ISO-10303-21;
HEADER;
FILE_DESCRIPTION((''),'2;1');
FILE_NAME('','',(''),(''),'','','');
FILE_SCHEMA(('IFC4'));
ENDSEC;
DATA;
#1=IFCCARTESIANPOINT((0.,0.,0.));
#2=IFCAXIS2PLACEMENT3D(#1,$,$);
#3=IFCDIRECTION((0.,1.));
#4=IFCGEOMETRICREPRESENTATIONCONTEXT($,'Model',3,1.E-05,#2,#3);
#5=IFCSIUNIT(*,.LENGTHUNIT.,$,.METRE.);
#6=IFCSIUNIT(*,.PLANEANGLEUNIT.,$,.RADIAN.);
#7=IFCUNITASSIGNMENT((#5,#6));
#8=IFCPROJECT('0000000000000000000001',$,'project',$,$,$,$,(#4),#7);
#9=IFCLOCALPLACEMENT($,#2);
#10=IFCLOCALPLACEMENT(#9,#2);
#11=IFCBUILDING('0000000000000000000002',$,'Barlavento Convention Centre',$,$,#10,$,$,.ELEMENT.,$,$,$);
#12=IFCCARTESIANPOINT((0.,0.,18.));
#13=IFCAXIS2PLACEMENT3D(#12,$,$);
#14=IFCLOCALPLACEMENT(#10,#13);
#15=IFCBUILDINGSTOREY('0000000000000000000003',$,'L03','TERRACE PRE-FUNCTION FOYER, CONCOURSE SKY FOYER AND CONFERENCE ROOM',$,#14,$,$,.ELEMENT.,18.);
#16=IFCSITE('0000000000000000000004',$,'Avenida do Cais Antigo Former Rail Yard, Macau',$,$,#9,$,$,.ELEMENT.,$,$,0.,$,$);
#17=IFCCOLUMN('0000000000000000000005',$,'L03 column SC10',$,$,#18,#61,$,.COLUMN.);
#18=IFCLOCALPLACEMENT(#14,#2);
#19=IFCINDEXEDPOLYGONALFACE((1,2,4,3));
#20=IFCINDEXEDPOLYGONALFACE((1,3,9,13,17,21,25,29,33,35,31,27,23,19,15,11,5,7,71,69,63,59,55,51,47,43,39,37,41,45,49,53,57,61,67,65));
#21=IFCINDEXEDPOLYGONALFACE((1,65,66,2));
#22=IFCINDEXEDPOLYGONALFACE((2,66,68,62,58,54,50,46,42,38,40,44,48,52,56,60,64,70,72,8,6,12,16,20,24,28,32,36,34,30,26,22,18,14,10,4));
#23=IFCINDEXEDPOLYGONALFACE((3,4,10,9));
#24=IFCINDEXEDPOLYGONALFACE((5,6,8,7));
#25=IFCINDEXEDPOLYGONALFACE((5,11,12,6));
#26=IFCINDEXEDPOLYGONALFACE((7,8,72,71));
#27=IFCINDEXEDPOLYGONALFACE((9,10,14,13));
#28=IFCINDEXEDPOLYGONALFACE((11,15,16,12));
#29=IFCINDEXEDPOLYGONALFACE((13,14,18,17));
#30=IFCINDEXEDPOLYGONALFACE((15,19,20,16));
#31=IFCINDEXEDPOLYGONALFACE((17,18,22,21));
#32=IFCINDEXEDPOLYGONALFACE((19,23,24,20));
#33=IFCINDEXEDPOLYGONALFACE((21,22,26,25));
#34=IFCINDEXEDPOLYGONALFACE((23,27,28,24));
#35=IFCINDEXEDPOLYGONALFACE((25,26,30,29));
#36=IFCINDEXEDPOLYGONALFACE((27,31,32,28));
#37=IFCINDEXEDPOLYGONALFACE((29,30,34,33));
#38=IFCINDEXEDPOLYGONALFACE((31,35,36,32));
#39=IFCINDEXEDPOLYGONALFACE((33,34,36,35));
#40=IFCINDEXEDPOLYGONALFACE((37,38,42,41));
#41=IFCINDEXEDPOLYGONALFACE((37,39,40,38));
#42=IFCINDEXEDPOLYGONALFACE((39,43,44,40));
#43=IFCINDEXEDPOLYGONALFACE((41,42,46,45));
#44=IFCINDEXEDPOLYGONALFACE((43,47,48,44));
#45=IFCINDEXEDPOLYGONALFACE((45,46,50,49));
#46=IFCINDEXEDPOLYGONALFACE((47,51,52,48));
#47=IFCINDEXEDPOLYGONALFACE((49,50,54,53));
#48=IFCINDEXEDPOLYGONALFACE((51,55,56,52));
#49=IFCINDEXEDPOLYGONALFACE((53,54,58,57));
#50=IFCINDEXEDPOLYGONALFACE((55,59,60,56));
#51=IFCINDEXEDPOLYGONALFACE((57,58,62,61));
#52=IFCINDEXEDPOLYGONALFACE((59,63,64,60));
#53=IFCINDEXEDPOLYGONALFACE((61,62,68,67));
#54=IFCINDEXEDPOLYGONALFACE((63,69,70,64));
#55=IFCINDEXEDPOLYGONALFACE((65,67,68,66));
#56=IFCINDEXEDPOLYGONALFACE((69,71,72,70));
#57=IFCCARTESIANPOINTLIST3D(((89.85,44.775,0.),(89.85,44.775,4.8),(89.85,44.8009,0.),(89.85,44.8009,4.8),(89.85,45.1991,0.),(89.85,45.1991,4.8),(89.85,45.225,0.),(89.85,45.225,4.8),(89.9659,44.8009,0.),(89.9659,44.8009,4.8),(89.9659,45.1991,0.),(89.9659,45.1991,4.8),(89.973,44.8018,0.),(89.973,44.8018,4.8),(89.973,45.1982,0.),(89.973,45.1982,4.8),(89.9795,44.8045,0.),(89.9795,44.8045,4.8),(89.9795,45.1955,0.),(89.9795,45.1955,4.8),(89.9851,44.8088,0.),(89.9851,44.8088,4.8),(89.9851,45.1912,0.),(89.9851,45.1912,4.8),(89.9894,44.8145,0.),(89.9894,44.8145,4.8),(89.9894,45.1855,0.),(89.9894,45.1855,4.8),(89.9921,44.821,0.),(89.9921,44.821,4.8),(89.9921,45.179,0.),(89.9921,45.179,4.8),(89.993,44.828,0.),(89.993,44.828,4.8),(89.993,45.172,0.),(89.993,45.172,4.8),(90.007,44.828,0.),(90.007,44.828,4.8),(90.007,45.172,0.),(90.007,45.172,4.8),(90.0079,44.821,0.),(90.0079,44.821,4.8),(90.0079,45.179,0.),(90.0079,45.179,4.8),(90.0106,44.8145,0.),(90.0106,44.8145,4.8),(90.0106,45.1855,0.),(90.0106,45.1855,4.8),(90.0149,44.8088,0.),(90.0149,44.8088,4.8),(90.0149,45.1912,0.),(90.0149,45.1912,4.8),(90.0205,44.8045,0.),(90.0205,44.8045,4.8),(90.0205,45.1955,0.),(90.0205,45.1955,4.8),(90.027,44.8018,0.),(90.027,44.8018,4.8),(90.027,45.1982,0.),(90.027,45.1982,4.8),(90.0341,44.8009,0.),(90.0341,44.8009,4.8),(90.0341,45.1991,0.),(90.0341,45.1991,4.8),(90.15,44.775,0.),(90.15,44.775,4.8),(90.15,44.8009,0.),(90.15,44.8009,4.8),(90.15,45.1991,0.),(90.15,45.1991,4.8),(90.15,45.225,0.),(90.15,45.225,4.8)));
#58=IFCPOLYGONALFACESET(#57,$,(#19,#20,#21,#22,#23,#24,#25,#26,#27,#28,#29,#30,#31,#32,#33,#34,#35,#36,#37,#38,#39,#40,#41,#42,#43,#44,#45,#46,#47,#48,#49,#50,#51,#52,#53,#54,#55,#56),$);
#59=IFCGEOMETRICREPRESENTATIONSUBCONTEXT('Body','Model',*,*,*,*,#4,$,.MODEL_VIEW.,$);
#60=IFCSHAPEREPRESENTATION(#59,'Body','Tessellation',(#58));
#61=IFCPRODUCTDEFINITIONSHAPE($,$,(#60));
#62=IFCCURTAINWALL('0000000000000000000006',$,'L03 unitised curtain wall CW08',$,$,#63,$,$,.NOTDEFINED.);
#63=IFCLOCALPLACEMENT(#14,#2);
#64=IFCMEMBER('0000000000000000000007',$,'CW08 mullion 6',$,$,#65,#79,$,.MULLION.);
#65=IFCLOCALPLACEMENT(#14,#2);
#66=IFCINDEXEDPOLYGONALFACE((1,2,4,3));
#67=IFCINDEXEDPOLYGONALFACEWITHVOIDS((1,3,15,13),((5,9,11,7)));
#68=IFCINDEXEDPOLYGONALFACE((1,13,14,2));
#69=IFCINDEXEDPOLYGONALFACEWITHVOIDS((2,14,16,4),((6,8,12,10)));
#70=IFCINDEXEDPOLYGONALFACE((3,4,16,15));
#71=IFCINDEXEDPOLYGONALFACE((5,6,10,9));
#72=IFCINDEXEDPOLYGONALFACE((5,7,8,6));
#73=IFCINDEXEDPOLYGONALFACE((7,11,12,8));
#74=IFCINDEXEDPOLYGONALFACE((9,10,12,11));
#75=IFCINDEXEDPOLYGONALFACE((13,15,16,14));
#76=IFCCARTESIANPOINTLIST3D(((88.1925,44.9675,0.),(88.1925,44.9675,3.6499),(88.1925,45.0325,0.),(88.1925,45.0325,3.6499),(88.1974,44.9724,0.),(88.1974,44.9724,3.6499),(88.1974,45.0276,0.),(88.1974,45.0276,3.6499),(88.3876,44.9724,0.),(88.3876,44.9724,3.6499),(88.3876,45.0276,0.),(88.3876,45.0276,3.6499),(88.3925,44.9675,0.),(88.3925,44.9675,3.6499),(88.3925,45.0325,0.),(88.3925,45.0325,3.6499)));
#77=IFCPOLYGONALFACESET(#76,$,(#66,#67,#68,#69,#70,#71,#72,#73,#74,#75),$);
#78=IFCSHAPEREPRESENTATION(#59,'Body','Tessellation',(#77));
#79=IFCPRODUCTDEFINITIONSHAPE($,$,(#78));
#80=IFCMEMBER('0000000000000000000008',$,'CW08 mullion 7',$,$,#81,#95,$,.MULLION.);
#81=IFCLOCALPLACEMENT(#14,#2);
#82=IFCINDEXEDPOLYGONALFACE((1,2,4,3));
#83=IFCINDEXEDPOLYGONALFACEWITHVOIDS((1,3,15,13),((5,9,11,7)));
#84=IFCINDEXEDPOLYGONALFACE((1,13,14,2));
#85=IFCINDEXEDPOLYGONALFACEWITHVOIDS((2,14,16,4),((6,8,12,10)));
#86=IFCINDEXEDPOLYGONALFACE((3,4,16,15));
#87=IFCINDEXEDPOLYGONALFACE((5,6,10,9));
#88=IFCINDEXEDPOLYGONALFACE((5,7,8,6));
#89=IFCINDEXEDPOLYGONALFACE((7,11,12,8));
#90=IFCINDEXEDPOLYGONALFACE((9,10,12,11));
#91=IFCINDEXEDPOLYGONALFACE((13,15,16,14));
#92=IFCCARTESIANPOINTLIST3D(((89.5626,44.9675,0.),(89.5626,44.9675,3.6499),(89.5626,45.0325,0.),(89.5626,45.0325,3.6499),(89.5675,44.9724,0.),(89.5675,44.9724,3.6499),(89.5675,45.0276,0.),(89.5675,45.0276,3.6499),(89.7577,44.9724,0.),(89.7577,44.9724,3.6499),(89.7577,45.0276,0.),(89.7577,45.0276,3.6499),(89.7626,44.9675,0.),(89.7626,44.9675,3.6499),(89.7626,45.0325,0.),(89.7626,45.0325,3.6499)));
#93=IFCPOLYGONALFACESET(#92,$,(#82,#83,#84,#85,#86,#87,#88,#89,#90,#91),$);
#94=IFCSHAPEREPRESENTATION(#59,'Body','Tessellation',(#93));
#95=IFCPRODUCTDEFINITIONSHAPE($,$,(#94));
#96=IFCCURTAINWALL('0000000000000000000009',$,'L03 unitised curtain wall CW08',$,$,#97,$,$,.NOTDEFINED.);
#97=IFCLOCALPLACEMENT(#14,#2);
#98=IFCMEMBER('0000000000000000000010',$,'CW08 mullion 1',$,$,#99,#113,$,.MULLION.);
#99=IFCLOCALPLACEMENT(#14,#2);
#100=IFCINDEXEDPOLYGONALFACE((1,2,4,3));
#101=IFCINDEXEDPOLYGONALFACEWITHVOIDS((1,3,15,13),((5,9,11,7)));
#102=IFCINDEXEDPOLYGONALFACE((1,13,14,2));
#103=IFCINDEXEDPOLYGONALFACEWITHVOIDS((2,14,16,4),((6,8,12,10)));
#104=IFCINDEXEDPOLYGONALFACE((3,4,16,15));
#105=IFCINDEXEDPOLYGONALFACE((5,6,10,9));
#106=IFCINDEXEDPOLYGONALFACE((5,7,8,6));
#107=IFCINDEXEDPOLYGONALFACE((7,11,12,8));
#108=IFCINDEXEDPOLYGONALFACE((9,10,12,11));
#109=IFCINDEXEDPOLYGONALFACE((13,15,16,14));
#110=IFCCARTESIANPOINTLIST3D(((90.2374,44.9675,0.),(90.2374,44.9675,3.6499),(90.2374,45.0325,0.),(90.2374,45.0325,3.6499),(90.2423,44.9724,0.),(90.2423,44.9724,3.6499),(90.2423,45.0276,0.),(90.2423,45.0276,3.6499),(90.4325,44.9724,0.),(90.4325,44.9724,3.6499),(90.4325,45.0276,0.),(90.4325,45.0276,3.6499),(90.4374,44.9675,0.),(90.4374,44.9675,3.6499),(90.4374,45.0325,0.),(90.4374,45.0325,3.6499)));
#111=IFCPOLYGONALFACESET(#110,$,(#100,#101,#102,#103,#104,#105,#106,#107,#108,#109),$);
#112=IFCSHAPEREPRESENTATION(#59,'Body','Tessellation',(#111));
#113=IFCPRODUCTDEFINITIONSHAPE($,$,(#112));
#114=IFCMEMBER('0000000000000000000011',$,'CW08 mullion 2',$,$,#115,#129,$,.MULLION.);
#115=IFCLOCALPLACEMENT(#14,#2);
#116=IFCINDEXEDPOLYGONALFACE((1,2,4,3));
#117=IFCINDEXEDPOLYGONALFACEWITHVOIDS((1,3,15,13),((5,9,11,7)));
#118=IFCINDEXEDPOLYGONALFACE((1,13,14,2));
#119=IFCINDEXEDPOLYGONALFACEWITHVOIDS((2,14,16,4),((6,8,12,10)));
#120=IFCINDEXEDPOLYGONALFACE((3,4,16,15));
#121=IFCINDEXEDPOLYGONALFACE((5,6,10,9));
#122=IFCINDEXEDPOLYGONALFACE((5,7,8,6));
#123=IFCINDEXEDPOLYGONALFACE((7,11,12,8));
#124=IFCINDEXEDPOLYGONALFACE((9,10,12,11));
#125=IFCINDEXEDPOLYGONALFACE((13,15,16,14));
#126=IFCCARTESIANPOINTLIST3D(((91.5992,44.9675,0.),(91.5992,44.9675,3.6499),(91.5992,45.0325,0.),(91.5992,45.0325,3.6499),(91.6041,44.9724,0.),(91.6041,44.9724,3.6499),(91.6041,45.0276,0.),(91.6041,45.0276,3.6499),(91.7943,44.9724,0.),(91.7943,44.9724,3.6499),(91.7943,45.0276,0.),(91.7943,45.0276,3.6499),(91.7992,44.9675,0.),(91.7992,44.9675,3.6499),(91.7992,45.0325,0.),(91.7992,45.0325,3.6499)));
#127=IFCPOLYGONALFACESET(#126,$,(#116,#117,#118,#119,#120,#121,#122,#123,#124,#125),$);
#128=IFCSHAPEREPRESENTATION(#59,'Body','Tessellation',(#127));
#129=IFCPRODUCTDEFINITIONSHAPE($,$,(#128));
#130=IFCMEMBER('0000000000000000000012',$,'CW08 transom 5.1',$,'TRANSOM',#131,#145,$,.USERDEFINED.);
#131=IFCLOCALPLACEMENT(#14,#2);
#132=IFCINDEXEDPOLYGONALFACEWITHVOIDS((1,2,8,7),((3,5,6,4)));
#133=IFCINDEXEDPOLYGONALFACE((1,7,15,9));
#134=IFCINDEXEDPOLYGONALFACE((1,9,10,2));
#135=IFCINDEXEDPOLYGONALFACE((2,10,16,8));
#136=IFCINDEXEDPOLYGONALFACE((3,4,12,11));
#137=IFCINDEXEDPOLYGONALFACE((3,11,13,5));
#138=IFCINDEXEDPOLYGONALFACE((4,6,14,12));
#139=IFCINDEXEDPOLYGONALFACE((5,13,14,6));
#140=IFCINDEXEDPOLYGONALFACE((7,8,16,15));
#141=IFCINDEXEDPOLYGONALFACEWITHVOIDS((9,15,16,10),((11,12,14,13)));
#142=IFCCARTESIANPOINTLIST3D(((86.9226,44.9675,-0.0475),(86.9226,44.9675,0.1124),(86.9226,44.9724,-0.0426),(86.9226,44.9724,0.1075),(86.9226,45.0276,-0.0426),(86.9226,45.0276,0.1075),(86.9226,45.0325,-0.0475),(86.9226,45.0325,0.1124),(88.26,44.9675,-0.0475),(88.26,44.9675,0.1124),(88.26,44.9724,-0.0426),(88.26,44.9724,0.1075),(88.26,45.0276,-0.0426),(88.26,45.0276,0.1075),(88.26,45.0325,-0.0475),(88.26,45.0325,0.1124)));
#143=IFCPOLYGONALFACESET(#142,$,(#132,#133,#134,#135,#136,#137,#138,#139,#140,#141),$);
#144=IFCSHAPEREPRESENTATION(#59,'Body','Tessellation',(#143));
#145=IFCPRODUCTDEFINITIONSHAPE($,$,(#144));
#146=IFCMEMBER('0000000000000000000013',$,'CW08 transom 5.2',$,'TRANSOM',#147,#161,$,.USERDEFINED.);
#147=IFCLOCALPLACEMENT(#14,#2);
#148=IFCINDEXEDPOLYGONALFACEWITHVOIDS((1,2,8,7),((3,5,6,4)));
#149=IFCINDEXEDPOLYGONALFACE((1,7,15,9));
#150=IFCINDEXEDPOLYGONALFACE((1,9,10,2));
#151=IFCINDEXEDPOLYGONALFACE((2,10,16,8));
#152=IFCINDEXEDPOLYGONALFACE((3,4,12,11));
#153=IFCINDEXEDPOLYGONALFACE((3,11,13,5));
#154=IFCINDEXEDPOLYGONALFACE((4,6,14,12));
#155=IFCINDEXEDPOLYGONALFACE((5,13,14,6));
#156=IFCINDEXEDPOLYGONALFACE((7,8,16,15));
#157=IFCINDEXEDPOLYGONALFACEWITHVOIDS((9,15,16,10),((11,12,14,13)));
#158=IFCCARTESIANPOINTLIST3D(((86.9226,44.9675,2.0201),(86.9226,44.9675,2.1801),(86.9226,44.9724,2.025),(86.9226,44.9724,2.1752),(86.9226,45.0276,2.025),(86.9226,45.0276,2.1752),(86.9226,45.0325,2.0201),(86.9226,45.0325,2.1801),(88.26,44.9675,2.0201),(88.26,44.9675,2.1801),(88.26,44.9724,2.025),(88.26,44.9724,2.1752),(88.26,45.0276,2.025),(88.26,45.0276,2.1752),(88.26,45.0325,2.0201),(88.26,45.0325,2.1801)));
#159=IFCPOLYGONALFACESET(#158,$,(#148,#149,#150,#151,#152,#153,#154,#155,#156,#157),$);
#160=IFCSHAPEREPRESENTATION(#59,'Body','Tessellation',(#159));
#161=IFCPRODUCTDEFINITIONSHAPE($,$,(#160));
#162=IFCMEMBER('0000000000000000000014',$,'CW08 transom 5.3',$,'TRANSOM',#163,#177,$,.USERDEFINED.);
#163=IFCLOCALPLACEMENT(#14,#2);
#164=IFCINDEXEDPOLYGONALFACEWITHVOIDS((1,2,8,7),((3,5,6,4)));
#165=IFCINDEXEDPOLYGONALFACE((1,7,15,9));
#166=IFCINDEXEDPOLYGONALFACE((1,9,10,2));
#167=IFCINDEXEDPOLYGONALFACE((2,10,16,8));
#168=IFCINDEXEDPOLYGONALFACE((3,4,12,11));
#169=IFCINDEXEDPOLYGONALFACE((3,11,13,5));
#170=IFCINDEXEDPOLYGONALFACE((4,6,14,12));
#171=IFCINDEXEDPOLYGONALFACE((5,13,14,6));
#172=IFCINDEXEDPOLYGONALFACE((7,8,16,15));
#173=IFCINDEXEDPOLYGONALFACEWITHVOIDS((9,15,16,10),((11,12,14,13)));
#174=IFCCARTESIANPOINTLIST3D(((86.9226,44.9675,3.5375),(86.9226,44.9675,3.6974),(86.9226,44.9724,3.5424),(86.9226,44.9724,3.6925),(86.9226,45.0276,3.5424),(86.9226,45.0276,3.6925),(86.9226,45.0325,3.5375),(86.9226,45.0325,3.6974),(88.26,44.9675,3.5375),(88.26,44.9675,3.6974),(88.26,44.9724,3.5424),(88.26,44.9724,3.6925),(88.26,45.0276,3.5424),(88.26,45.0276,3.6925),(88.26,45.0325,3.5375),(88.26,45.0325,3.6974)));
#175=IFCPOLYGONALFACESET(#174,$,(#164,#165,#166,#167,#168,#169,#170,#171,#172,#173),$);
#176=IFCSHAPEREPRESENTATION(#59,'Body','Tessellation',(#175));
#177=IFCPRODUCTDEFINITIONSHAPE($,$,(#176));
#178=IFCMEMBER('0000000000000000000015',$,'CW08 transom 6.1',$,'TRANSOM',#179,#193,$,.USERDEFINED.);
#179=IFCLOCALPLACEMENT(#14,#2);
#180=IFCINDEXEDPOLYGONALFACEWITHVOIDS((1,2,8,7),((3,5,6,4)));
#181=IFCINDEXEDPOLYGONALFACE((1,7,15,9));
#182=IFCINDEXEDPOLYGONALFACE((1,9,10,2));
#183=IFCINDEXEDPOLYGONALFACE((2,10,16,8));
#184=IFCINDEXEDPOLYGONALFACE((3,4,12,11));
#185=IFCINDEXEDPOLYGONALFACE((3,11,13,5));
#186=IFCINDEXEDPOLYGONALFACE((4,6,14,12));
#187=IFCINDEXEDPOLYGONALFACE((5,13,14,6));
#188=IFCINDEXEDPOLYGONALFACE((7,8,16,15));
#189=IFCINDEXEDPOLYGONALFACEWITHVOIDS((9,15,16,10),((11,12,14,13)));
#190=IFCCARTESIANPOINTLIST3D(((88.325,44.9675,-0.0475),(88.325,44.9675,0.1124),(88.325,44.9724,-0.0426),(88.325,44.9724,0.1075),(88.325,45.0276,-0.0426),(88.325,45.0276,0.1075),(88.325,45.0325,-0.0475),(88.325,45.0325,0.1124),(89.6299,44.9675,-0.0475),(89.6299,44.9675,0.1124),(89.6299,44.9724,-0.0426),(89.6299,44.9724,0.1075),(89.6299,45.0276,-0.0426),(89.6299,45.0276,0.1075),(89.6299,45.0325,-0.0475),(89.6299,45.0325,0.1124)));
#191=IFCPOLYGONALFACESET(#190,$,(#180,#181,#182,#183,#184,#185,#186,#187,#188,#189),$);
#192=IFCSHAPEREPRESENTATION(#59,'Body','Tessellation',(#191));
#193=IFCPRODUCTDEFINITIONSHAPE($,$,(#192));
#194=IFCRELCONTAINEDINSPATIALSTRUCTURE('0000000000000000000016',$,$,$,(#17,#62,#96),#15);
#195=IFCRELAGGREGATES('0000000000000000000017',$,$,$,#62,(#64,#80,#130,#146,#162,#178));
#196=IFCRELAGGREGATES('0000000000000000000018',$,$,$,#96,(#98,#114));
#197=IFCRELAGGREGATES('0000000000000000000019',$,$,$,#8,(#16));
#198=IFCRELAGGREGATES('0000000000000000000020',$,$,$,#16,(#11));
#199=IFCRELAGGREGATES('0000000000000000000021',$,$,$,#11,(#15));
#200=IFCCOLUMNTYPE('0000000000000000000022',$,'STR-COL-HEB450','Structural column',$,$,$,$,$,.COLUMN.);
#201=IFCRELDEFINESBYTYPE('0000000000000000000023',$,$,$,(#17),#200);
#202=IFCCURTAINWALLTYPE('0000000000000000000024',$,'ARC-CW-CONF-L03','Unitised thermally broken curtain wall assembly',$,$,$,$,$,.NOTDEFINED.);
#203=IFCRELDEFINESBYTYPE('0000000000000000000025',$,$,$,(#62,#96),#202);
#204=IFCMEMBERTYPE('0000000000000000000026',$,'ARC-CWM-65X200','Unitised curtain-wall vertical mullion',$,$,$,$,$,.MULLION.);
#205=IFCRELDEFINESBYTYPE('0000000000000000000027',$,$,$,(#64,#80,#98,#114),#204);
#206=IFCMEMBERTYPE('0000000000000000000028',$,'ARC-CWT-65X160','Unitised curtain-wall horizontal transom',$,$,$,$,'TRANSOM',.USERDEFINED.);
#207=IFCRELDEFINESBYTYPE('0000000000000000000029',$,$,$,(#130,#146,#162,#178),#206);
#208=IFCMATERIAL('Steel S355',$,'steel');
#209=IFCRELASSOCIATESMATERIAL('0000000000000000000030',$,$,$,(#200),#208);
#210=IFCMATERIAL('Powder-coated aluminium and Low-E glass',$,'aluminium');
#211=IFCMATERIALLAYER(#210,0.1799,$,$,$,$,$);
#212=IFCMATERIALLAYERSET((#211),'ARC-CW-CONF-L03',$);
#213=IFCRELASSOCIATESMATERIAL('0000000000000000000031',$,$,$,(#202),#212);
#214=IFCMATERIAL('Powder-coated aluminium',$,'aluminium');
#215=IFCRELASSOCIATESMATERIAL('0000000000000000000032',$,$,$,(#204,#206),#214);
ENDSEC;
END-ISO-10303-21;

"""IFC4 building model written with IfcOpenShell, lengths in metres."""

from ifc_helpers import new_model, si_unit, direction, frame, origin, origin_2d, place, context, subcontext, project, spatial, hollow_rectangle, i_section, extrude, material, layer, layer_set, material_profile, profile_set, type_object, element, aggregate, save


model = new_model("IFC4")

# Units and contexts
model_context = context("Model", 3, precision=1e-05, world=origin(), true_north=direction((0.0, 1.0)))
body_context = subcontext(model_context, "Body", "Model", "MODEL_VIEW")
ifc_project = project(units=[si_unit("LENGTHUNIT", "METRE"), si_unit("PLANEANGLEUNIT", "RADIAN")], contexts=[model_context])

# Site, building, storey
site_placement = place(None, origin())
site = spatial("IfcSite", under=ifc_project, at=site_placement, Name="Avenida do Cais Antigo Former Rail Yard, Macau", CompositionType="ELEMENT", RefElevation=0.0)
building_placement = place(site_placement, origin())
building = spatial("IfcBuilding", under=site, at=building_placement, Name="Barlavento Convention Centre", CompositionType="ELEMENT")
storey_placement = place(building_placement, frame((0.0, 0.0, 18.0)))
storey = spatial("IfcBuildingStorey", under=building, at=storey_placement, Name="L03", Description="TERRACE PRE-FUNCTION FOYER, CONCOURSE SKY FOYER AND CONFERENCE ROOM", CompositionType="ELEMENT", Elevation=18.0)

# Column
ifc_material_1 = material(Name="Steel S355", Category="steel")
ifc_material_profile_1 = material_profile(ifc_material_1, i_section(OverallWidth=0.3, OverallDepth=0.45, WebThickness=0.0139, FlangeThickness=0.0259, FilletRadius=0.0271, at=origin_2d()), Name="HEB 450")
ifc_profile_set_1 = profile_set([ifc_material_profile_1], Name="Steel S355")
column_type = type_object("IfcColumnType", Name="STR-COL-HEB450", Description="Structural column", PredefinedType="COLUMN", material=ifc_profile_set_1)
column_placement = place(storey_placement, frame((90.0, 45.0, 0.0), z_axis=(0.0, 0.0, 1.0), x_axis=(1.0, 0.0, 0.0)))
element("IfcColumn", 1, at=column_placement, inside=storey, type_object=column_type, Name="L03 column SC10", PredefinedType="COLUMN", context=body_context, shape_type="SweptSolid", body=[
    extrude(i_section(OverallWidth=0.3, OverallDepth=0.45, WebThickness=0.0139, FlangeThickness=0.0259, FilletRadius=0.0271, at=origin_2d()), origin(), (0.0, 0.0, 1.0), 4.8),
])

# Curtain walls, members
ifc_material_2 = material(Name="Powder-coated aluminium and Low-E glass", Category="aluminium")
ifc_layer_1 = layer(ifc_material_2, 0.1799)
ifc_layer_set_1 = layer_set([ifc_layer_1], Name="ARC-CW-CONF-L03")
curtain_wall_type = type_object("IfcCurtainWallType", Name="ARC-CW-CONF-L03", Description="Unitised thermally broken curtain wall assembly", PredefinedType="NOTDEFINED", material=ifc_layer_set_1)
curtain_wall_1_placement = place(storey_placement, origin())
curtain_wall_1 = element("IfcCurtainWall", 2, at=curtain_wall_1_placement, inside=storey, type_object=curtain_wall_type, Name="L03 unitised curtain wall CW08", PredefinedType="NOTDEFINED")
ifc_material_3 = material(Name="Powder-coated aluminium", Category="aluminium")
ifc_material_profile_2 = material_profile(ifc_material_3, hollow_rectangle(XDim=0.0649, YDim=0.2, WallThickness=0.0049, at=origin_2d()), Name="AL-MULL 65x200x5")
ifc_profile_set_2 = profile_set([ifc_material_profile_2], Name="Powder-coated aluminium")
member_type_1 = type_object("IfcMemberType", Name="ARC-CWM-65X200", Description="Unitised curtain-wall vertical mullion", PredefinedType="MULLION", material=ifc_profile_set_2)
member_1_placement = place(storey_placement, frame((88.2925, 45.0, 0.0), z_axis=(0.0, 0.0, 1.0), x_axis=(0.0, 1.0, 0.0)))
member_1 = element("IfcMember", 3, at=member_1_placement, type_object=member_type_1, Name="CW08 mullion 6", PredefinedType="MULLION", context=body_context, shape_type="SweptSolid", body=[
    extrude(hollow_rectangle(XDim=0.0649, YDim=0.2, WallThickness=0.0049, at=origin_2d()), origin(), (0.0, 0.0, 1.0), 3.6499),
])
member_2_placement = place(storey_placement, frame((89.6626, 45.0, 0.0), z_axis=(0.0, 0.0, 1.0), x_axis=(0.0, 1.0, 0.0)))
member_2 = element("IfcMember", 4, at=member_2_placement, type_object=member_type_1, Name="CW08 mullion 7", PredefinedType="MULLION", context=body_context, shape_type="SweptSolid", body=[
    extrude(hollow_rectangle(XDim=0.0649, YDim=0.2, WallThickness=0.0049, at=origin_2d()), origin(), (0.0, 0.0, 1.0), 3.6499),
])
curtain_wall_2_placement = place(storey_placement, origin())
curtain_wall_2 = element("IfcCurtainWall", 5, at=curtain_wall_2_placement, inside=storey, type_object=curtain_wall_type, Name="L03 unitised curtain wall CW08", PredefinedType="NOTDEFINED")
member_3_placement = place(storey_placement, frame((90.3374, 45.0, 0.0), z_axis=(0.0, 0.0, 1.0), x_axis=(0.0, 1.0, 0.0)))
member_3 = element("IfcMember", 6, at=member_3_placement, type_object=member_type_1, Name="CW08 mullion 1", PredefinedType="MULLION", context=body_context, shape_type="SweptSolid", body=[
    extrude(hollow_rectangle(XDim=0.0649, YDim=0.2, WallThickness=0.0049, at=origin_2d()), origin(), (0.0, 0.0, 1.0), 3.6499),
])
member_4_placement = place(storey_placement, frame((91.6992, 45.0, 0.0), z_axis=(0.0, 0.0, 1.0), x_axis=(0.0, 1.0, 0.0)))
member_4 = element("IfcMember", 7, at=member_4_placement, type_object=member_type_1, Name="CW08 mullion 2", PredefinedType="MULLION", context=body_context, shape_type="SweptSolid", body=[
    extrude(hollow_rectangle(XDim=0.0649, YDim=0.2, WallThickness=0.0049, at=origin_2d()), origin(), (0.0, 0.0, 1.0), 3.6499),
])

# Members
ifc_material_profile_3 = material_profile(ifc_material_3, hollow_rectangle(XDim=0.0649, YDim=0.1599, WallThickness=0.0049, at=origin_2d()), Name="AL-TRAN 65x160x5")
ifc_profile_set_3 = profile_set([ifc_material_profile_3], Name="Powder-coated aluminium")
member_type_2 = type_object("IfcMemberType", Name="ARC-CWT-65X160", Description="Unitised curtain-wall horizontal transom", ElementType="TRANSOM", PredefinedType="USERDEFINED", material=ifc_profile_set_3)
member_5_placement = place(storey_placement, frame((86.9226, 45.0, 0.0325), z_axis=(1.0, 0.0, 0.0), x_axis=(0.0, 1.0, 0.0)))
member_5 = element("IfcMember", 8, at=member_5_placement, type_object=member_type_2, Name="CW08 transom 5.1", ObjectType="TRANSOM", PredefinedType="USERDEFINED", context=body_context, shape_type="SweptSolid", body=[
    extrude(hollow_rectangle(XDim=0.0649, YDim=0.1599, WallThickness=0.0049, at=origin_2d()), origin(), (0.0, 0.0, 1.0), 1.3374),
])
member_6_placement = place(storey_placement, frame((86.9226, 45.0, 2.1001), z_axis=(1.0, 0.0, 0.0), x_axis=(0.0, 1.0, 0.0)))
member_6 = element("IfcMember", 9, at=member_6_placement, type_object=member_type_2, Name="CW08 transom 5.2", ObjectType="TRANSOM", PredefinedType="USERDEFINED", context=body_context, shape_type="SweptSolid", body=[
    extrude(hollow_rectangle(XDim=0.0649, YDim=0.1599, WallThickness=0.0049, at=origin_2d()), origin(), (0.0, 0.0, 1.0), 1.3374),
])
member_7_placement = place(storey_placement, frame((86.9226, 45.0, 3.6174), z_axis=(1.0, 0.0, 0.0), x_axis=(0.0, 1.0, 0.0)))
member_7 = element("IfcMember", 10, at=member_7_placement, type_object=member_type_2, Name="CW08 transom 5.3", ObjectType="TRANSOM", PredefinedType="USERDEFINED", context=body_context, shape_type="SweptSolid", body=[
    extrude(hollow_rectangle(XDim=0.0649, YDim=0.1599, WallThickness=0.0049, at=origin_2d()), origin(), (0.0, 0.0, 1.0), 1.3374),
])
member_8_placement = place(storey_placement, frame((88.325, 45.0, 0.0325), z_axis=(1.0, 0.0, 0.0), x_axis=(0.0, 1.0, 0.0)))
member_8 = element("IfcMember", 11, at=member_8_placement, type_object=member_type_2, Name="CW08 transom 6.1", ObjectType="TRANSOM", PredefinedType="USERDEFINED", context=body_context, shape_type="SweptSolid", body=[
    extrude(hollow_rectangle(XDim=0.0649, YDim=0.1599, WallThickness=0.0049, at=origin_2d()), origin(), (0.0, 0.0, 1.0), 1.3049),
])

aggregate(curtain_wall_1, [member_1, member_2, member_5, member_6, member_7, member_8])
aggregate(curtain_wall_2, [member_3, member_4])

save(model, "model.ifc")
